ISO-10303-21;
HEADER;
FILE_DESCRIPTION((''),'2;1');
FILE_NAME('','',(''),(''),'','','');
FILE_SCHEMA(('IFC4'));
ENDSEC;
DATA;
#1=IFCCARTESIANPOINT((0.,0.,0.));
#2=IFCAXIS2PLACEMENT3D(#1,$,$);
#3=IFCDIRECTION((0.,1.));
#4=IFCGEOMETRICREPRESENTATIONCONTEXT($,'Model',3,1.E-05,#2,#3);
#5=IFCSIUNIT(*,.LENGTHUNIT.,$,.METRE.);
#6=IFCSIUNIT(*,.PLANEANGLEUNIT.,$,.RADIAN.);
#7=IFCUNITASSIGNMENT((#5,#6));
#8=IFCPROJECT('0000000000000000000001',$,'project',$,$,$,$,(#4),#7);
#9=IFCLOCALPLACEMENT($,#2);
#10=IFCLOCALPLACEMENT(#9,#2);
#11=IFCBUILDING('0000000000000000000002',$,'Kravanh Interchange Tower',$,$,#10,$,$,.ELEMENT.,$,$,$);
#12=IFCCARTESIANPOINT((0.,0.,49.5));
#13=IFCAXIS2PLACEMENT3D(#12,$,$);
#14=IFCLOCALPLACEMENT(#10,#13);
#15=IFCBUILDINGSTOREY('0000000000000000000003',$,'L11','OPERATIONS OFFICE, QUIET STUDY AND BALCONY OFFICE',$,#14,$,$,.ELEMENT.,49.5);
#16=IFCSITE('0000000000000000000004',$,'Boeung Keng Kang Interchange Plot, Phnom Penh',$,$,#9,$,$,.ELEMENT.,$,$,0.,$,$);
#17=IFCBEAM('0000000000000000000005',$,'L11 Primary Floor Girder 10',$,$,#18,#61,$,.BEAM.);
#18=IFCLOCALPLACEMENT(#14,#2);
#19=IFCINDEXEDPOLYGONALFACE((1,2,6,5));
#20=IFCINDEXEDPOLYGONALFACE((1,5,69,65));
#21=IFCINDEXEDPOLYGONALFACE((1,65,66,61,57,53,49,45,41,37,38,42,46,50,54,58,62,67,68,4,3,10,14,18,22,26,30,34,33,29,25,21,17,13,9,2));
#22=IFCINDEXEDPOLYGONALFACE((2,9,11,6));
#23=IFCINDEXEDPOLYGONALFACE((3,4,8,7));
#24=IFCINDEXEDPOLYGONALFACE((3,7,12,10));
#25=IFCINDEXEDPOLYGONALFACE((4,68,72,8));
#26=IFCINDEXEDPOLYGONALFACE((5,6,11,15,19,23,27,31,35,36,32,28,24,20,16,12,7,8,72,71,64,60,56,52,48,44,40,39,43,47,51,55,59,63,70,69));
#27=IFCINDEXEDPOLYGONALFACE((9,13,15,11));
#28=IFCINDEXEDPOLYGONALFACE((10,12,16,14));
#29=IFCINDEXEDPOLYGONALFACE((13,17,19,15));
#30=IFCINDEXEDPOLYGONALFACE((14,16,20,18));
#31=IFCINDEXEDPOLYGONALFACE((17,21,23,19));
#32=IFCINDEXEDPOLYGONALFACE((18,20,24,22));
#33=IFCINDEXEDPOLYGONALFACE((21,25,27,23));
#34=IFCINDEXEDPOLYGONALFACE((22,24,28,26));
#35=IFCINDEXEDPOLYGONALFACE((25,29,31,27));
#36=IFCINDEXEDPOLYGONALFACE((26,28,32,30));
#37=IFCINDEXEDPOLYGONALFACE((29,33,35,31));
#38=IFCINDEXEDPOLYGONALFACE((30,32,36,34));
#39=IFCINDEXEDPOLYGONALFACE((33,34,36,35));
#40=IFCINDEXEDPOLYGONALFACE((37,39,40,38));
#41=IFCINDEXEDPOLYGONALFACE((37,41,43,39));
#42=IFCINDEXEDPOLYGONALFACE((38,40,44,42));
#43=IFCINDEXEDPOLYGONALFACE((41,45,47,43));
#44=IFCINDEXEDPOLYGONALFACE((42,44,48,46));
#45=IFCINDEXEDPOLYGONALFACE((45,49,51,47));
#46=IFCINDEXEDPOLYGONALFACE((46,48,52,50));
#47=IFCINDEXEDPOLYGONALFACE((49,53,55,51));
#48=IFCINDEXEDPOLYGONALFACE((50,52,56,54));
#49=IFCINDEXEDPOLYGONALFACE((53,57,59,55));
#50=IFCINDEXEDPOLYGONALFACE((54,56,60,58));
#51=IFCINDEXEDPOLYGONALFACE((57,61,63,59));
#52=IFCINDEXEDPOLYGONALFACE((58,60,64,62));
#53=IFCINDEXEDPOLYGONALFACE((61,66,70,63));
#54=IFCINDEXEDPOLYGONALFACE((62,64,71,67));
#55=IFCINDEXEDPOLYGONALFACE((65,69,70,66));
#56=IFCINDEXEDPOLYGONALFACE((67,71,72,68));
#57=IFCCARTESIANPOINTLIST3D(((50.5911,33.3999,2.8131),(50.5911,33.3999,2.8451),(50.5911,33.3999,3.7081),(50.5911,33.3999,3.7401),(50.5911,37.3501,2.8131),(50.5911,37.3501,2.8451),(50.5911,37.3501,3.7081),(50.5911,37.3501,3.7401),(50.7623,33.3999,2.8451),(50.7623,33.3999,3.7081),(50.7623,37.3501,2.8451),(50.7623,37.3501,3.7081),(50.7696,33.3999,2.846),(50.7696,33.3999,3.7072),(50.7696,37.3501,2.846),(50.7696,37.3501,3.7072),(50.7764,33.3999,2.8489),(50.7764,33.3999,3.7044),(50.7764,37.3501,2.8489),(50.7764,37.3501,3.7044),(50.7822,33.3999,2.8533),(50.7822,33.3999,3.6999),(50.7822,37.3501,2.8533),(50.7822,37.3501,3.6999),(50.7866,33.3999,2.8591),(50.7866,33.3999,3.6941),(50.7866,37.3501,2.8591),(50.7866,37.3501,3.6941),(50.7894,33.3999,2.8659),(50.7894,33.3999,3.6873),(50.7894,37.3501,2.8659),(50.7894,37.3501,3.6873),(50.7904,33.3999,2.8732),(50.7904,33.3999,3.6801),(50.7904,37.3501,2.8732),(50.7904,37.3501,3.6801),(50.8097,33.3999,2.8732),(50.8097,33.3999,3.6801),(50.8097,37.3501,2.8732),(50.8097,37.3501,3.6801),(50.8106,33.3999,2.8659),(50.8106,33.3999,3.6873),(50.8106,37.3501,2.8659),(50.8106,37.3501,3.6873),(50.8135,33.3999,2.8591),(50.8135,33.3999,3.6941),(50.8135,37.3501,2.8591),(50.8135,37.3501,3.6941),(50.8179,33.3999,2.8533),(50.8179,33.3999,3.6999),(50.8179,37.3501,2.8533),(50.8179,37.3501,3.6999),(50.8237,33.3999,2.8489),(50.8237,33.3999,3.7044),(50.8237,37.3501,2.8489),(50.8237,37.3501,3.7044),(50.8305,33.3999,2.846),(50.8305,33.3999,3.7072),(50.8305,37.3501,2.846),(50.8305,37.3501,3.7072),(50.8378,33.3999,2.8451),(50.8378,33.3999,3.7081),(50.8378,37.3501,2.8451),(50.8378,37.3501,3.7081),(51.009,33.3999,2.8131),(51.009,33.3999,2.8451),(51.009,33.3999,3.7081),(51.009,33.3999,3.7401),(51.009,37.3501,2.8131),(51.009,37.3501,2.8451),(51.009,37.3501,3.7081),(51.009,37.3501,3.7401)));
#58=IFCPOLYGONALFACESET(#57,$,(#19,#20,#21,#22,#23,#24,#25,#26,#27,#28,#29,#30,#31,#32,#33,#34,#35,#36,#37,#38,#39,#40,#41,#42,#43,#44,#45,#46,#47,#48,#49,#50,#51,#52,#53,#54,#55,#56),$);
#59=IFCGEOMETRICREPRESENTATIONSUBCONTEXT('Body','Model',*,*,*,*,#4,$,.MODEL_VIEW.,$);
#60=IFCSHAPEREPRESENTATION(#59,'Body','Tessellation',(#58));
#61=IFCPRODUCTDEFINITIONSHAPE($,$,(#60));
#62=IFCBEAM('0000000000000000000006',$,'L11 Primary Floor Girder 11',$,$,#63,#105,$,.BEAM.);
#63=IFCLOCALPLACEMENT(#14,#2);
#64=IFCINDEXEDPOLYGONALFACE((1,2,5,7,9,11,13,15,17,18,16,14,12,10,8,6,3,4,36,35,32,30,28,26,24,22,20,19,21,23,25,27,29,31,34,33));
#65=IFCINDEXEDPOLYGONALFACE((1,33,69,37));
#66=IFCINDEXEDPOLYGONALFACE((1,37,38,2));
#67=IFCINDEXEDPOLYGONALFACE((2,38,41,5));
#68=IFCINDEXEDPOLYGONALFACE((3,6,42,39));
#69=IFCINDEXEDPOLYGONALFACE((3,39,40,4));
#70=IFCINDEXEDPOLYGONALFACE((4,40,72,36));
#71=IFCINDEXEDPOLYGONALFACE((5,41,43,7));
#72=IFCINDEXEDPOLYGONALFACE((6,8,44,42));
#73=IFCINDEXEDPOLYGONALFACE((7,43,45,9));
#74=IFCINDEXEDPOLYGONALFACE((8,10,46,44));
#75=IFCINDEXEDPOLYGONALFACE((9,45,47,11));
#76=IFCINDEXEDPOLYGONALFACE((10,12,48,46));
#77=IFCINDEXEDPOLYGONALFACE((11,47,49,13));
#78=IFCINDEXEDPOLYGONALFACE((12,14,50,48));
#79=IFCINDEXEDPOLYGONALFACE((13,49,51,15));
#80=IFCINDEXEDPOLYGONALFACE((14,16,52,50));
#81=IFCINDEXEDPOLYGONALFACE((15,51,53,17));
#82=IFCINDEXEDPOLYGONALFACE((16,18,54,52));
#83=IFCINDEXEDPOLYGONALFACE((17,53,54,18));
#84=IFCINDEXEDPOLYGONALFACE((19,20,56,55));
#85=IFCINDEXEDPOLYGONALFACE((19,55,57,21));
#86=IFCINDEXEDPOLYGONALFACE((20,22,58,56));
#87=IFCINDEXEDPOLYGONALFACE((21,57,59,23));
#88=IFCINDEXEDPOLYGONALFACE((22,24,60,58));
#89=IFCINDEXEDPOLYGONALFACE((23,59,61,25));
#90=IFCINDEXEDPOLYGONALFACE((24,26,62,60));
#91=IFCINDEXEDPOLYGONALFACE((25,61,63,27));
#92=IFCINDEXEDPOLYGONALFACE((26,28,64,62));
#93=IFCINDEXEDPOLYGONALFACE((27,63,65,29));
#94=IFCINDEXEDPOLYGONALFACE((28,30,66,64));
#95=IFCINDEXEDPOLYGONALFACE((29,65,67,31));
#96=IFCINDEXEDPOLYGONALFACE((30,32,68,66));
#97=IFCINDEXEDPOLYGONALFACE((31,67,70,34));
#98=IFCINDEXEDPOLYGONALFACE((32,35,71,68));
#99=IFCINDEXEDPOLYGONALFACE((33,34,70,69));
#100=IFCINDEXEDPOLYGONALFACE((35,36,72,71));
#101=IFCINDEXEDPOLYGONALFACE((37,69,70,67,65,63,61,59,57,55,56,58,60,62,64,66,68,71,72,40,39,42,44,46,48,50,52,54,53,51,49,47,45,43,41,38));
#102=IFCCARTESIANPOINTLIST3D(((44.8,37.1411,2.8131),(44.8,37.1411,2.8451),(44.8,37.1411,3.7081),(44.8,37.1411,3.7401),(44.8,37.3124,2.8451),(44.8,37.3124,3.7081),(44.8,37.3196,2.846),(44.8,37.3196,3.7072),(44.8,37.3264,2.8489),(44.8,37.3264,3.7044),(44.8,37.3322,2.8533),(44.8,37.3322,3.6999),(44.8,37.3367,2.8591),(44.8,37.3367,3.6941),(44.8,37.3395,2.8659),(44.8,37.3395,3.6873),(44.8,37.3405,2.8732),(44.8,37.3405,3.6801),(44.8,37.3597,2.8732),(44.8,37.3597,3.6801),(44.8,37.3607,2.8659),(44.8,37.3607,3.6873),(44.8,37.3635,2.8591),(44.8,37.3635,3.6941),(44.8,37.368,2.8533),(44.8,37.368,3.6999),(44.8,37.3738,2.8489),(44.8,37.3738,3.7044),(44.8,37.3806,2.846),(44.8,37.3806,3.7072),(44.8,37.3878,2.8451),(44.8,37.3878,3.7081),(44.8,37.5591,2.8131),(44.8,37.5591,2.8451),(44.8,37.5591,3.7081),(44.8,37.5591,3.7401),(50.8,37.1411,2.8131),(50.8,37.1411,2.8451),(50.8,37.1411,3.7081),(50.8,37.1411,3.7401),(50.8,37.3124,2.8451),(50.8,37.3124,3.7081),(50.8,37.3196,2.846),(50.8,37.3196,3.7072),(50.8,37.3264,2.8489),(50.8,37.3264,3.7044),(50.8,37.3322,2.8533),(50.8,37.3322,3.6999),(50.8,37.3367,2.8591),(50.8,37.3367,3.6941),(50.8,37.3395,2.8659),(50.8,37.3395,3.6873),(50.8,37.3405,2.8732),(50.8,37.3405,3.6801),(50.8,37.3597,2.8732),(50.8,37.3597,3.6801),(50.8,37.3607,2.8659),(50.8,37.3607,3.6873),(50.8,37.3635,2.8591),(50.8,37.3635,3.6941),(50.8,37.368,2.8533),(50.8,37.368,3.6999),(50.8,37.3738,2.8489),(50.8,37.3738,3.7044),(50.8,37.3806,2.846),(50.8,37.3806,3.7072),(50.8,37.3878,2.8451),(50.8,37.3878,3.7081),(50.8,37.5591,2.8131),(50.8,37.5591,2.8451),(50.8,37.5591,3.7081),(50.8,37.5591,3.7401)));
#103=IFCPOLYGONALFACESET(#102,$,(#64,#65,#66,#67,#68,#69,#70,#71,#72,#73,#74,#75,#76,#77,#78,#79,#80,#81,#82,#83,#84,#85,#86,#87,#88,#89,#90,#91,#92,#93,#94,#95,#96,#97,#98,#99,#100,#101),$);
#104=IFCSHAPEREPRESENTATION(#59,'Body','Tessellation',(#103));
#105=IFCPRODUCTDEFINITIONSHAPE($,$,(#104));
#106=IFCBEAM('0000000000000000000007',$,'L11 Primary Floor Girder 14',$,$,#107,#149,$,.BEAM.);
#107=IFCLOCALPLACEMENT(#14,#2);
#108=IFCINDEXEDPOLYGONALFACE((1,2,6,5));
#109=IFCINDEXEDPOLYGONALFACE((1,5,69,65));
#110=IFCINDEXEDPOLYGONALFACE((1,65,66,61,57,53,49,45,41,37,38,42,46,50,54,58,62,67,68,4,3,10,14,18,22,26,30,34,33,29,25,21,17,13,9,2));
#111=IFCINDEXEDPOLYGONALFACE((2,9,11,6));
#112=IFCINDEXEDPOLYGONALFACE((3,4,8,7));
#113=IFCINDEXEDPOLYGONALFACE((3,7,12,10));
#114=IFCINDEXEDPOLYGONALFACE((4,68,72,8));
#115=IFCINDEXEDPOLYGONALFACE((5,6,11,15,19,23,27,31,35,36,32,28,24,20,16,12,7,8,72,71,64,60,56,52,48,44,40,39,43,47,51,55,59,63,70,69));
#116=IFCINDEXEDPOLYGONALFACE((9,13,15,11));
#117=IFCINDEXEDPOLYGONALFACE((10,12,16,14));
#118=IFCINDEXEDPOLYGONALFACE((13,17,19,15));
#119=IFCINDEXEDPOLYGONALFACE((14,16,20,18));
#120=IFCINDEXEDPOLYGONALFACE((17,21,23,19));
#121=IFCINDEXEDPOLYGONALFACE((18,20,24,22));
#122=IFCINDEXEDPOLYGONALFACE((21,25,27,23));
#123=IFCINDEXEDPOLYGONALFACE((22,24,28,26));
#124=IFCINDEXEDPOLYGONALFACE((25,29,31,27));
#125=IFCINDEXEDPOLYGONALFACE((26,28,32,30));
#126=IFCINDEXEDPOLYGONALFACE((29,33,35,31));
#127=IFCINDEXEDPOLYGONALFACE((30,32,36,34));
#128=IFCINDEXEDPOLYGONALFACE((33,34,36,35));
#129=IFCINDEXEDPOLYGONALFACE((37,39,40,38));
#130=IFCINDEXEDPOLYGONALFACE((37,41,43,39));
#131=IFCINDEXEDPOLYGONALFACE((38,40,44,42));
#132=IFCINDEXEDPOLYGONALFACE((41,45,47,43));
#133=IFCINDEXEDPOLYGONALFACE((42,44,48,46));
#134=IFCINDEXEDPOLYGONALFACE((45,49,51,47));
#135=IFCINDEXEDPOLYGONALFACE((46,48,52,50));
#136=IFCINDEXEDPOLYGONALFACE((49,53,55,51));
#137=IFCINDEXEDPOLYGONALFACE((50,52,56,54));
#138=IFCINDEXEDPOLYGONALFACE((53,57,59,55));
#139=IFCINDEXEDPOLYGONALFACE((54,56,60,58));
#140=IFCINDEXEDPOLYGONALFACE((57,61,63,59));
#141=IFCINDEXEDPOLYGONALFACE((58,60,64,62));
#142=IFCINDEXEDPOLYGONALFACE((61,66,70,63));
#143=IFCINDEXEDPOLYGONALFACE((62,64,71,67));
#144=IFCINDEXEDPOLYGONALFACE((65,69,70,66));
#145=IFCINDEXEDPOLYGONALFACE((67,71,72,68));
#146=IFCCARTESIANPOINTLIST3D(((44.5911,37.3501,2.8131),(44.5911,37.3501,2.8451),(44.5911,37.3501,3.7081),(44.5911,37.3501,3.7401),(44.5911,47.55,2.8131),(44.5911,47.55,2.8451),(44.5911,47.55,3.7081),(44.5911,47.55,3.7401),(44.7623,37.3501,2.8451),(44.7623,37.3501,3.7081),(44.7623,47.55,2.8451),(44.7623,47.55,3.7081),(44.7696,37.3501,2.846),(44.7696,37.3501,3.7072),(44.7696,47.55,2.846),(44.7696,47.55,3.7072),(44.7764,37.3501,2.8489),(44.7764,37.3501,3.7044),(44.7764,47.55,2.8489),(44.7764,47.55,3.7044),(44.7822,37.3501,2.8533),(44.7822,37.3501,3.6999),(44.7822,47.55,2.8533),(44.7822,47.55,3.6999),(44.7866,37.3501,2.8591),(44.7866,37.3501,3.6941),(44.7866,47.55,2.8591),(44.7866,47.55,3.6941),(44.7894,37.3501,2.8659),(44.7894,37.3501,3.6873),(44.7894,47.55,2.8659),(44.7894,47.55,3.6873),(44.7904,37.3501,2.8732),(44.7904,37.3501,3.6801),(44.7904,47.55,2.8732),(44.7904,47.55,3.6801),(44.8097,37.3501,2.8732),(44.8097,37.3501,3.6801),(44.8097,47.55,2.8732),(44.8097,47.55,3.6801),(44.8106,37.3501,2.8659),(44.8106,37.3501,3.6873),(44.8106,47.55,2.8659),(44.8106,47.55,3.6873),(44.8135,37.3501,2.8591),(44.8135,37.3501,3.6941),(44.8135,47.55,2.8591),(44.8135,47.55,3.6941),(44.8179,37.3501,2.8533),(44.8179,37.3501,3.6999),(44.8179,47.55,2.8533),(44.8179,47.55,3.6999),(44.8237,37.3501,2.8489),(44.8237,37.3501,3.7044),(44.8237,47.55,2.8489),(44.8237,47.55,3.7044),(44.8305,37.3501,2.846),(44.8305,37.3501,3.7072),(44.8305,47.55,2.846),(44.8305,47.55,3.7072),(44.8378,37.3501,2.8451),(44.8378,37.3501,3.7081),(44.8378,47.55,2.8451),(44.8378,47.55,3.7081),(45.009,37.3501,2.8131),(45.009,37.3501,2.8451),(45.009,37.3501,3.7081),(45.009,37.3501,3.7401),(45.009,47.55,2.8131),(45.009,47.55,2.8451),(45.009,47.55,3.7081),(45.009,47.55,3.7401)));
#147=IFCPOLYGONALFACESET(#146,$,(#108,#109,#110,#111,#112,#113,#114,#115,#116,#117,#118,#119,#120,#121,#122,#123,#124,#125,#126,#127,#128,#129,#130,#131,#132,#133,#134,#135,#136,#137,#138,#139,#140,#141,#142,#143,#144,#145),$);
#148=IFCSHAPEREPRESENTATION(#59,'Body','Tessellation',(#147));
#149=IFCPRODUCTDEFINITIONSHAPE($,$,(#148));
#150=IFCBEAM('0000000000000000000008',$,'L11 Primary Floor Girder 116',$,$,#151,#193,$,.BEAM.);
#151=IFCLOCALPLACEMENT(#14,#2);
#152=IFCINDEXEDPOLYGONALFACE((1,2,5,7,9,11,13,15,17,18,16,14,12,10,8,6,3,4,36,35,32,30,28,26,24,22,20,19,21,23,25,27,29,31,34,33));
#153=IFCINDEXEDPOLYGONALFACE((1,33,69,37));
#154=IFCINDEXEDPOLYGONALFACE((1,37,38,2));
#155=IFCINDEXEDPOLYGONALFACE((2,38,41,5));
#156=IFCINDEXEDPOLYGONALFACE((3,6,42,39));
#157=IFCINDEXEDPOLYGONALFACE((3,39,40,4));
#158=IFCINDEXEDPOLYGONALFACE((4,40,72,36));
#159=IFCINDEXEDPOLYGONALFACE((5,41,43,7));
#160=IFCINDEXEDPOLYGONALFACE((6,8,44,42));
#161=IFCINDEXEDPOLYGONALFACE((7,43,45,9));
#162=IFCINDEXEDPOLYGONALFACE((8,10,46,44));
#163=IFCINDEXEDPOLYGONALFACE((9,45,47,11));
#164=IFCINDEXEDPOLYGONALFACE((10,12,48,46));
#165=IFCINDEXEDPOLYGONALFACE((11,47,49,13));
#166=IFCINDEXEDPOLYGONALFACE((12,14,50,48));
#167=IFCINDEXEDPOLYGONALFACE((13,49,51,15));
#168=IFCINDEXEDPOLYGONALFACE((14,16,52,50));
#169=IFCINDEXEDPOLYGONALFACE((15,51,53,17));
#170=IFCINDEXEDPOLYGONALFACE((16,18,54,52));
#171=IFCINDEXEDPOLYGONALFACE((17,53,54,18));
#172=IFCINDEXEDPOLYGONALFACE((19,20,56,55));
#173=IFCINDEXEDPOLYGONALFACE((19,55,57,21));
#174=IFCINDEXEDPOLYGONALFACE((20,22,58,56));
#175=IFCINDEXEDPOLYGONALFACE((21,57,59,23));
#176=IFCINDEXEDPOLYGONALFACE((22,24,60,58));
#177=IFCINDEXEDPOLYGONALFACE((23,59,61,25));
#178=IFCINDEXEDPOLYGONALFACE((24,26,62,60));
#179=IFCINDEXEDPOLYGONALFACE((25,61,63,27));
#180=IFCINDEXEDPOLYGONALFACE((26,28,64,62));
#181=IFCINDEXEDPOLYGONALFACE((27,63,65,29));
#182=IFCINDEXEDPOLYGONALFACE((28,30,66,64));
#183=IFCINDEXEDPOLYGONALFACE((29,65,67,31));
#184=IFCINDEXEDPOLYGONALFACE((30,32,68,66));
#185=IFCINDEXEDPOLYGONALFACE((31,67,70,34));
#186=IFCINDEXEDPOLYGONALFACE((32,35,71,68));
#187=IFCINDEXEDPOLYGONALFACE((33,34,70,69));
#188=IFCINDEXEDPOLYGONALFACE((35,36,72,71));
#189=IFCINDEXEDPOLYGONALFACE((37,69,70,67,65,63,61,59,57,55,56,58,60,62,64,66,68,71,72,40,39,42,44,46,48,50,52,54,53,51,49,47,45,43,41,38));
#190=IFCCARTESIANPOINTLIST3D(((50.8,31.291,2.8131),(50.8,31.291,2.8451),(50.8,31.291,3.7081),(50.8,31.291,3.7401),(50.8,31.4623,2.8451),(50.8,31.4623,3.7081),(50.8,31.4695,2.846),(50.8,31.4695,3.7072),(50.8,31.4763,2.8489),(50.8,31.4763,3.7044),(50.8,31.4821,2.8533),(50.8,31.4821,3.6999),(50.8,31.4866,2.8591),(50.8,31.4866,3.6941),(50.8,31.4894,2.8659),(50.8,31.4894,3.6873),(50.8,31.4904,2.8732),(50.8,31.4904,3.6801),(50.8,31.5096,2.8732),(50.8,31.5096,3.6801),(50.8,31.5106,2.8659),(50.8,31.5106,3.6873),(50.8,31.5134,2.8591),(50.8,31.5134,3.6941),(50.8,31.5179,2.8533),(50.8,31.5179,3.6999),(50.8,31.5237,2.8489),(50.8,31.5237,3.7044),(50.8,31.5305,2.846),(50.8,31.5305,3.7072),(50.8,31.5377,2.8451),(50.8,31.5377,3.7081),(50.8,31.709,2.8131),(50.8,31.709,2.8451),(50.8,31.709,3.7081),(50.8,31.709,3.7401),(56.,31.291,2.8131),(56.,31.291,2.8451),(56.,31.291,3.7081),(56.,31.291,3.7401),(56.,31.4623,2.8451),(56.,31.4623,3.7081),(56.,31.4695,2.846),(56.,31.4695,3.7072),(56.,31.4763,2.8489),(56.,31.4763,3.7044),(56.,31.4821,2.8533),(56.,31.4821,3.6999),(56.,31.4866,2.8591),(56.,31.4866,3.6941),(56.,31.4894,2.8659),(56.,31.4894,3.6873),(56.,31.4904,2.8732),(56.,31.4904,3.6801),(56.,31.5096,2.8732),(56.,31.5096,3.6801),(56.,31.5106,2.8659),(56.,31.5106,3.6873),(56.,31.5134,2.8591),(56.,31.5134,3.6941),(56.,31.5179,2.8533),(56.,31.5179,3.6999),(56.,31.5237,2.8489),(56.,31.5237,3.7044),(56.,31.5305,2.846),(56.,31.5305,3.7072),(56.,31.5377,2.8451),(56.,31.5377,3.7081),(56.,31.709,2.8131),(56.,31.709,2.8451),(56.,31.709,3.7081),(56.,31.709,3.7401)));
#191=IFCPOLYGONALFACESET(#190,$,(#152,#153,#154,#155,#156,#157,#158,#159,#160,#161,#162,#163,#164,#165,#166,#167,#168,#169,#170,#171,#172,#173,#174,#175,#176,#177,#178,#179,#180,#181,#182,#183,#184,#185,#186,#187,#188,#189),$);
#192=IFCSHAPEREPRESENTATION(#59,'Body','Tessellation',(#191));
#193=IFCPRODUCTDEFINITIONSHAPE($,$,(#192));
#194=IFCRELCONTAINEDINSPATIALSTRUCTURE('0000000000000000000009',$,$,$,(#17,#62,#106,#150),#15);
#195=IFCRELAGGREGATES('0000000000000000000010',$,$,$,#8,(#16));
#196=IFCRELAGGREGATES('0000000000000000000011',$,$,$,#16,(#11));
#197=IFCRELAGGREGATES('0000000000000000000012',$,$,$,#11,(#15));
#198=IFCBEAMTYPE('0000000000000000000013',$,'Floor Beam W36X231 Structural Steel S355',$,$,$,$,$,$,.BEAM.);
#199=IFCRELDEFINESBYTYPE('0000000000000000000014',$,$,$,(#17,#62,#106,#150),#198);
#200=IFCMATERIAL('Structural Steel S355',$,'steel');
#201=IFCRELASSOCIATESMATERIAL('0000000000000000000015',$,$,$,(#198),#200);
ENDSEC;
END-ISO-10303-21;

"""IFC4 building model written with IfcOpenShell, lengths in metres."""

from ifc_helpers import new_model, si_unit, direction, frame, origin, origin_2d, place, context, subcontext, project, spatial, i_section, extrude, material, material_profile, profile_set, type_object, element, save


model = new_model("IFC4")

# Units and contexts
model_context = context("Model", 3, precision=1e-05, world=origin(), true_north=direction((0.0, 1.0)))
body_context = subcontext(model_context, "Body", "Model", "MODEL_VIEW")
ifc_project = project(units=[si_unit("LENGTHUNIT", "METRE"), si_unit("PLANEANGLEUNIT", "RADIAN")], contexts=[model_context])

# Site, building, storey
site_placement = place(None, origin())
site = spatial("IfcSite", under=ifc_project, at=site_placement, Name="Boeung Keng Kang Interchange Plot, Phnom Penh", CompositionType="ELEMENT", RefElevation=0.0)
building_placement = place(site_placement, origin())
building = spatial("IfcBuilding", under=site, at=building_placement, Name="Kravanh Interchange Tower", CompositionType="ELEMENT")
storey_placement = place(building_placement, frame((0.0, 0.0, 49.5)))
storey = spatial("IfcBuildingStorey", under=building, at=storey_placement, Name="L11", Description="OPERATIONS OFFICE, QUIET STUDY AND BALCONY OFFICE", CompositionType="ELEMENT", Elevation=49.5)

# Beams
ifc_material_1 = material(Name="Structural Steel S355", Category="steel")
ifc_material_profile_1 = material_profile(ifc_material_1, i_section(OverallWidth=0.418, OverallDepth=0.927, WebThickness=0.0193, FlangeThickness=0.032, FilletRadius=0.0281, at=origin_2d()), Name="W36X231")
ifc_profile_set_1 = profile_set([ifc_material_profile_1], Name="Structural Steel S355")
beam_type_1 = type_object("IfcBeamType", Name="Floor Beam W36X231 Structural Steel S355", PredefinedType="BEAM", material=ifc_profile_set_1)
beam_1_placement = place(storey_placement, frame((50.8, 37.3501, 3.2766), z_axis=(0.0, -1.0, 0.0), x_axis=(1.0, 0.0, 0.0)))
element("IfcBeam", 1, at=beam_1_placement, inside=storey, type_object=beam_type_1, Name="L11 Primary Floor Girder 10", PredefinedType="BEAM", context=body_context, shape_type="SweptSolid", body=[
    extrude(i_section(OverallWidth=0.418, OverallDepth=0.927, WebThickness=0.0193, FlangeThickness=0.032, FilletRadius=0.0281, at=origin_2d()), origin(), (0.0, 0.0, 1.0), 3.9502),
])
beam_2_placement = place(storey_placement, frame((50.8, 37.3501, 3.2766), z_axis=(-1.0, 0.0, 0.0), x_axis=(0.0, -1.0, 0.0)))
element("IfcBeam", 2, at=beam_2_placement, inside=storey, type_object=beam_type_1, Name="L11 Primary Floor Girder 11", PredefinedType="BEAM", context=body_context, shape_type="SweptSolid", body=[
    extrude(i_section(OverallWidth=0.418, OverallDepth=0.927, WebThickness=0.0193, FlangeThickness=0.032, FilletRadius=0.0281, at=origin_2d()), origin(), (0.0, 0.0, 1.0), 6.0),
])
beam_3_placement = place(storey_placement, frame((44.8, 37.3501, 3.2766), z_axis=(0.0, 1.0, 0.0), x_axis=(-1.0, 0.0, 0.0)))
element("IfcBeam", 3, at=beam_3_placement, inside=storey, type_object=beam_type_1, Name="L11 Primary Floor Girder 14", PredefinedType="BEAM", context=body_context, shape_type="SweptSolid", body=[
    extrude(i_section(OverallWidth=0.418, OverallDepth=0.927, WebThickness=0.0193, FlangeThickness=0.032, FilletRadius=0.0281, at=origin_2d()), origin(), (0.0, 0.0, 1.0), 10.2),
])
beam_4_placement = place(storey_placement, frame((50.8, 31.5, 3.2766), z_axis=(1.0, 0.0, 0.0), x_axis=(0.0, 1.0, 0.0)))
element("IfcBeam", 4, at=beam_4_placement, inside=storey, type_object=beam_type_1, Name="L11 Primary Floor Girder 116", PredefinedType="BEAM", context=body_context, shape_type="SweptSolid", body=[
    extrude(i_section(OverallWidth=0.418, OverallDepth=0.927, WebThickness=0.0193, FlangeThickness=0.032, FilletRadius=0.0281, at=origin_2d()), origin(), (0.0, 0.0, 1.0), 5.2),
])

save(model, "model.ifc")
